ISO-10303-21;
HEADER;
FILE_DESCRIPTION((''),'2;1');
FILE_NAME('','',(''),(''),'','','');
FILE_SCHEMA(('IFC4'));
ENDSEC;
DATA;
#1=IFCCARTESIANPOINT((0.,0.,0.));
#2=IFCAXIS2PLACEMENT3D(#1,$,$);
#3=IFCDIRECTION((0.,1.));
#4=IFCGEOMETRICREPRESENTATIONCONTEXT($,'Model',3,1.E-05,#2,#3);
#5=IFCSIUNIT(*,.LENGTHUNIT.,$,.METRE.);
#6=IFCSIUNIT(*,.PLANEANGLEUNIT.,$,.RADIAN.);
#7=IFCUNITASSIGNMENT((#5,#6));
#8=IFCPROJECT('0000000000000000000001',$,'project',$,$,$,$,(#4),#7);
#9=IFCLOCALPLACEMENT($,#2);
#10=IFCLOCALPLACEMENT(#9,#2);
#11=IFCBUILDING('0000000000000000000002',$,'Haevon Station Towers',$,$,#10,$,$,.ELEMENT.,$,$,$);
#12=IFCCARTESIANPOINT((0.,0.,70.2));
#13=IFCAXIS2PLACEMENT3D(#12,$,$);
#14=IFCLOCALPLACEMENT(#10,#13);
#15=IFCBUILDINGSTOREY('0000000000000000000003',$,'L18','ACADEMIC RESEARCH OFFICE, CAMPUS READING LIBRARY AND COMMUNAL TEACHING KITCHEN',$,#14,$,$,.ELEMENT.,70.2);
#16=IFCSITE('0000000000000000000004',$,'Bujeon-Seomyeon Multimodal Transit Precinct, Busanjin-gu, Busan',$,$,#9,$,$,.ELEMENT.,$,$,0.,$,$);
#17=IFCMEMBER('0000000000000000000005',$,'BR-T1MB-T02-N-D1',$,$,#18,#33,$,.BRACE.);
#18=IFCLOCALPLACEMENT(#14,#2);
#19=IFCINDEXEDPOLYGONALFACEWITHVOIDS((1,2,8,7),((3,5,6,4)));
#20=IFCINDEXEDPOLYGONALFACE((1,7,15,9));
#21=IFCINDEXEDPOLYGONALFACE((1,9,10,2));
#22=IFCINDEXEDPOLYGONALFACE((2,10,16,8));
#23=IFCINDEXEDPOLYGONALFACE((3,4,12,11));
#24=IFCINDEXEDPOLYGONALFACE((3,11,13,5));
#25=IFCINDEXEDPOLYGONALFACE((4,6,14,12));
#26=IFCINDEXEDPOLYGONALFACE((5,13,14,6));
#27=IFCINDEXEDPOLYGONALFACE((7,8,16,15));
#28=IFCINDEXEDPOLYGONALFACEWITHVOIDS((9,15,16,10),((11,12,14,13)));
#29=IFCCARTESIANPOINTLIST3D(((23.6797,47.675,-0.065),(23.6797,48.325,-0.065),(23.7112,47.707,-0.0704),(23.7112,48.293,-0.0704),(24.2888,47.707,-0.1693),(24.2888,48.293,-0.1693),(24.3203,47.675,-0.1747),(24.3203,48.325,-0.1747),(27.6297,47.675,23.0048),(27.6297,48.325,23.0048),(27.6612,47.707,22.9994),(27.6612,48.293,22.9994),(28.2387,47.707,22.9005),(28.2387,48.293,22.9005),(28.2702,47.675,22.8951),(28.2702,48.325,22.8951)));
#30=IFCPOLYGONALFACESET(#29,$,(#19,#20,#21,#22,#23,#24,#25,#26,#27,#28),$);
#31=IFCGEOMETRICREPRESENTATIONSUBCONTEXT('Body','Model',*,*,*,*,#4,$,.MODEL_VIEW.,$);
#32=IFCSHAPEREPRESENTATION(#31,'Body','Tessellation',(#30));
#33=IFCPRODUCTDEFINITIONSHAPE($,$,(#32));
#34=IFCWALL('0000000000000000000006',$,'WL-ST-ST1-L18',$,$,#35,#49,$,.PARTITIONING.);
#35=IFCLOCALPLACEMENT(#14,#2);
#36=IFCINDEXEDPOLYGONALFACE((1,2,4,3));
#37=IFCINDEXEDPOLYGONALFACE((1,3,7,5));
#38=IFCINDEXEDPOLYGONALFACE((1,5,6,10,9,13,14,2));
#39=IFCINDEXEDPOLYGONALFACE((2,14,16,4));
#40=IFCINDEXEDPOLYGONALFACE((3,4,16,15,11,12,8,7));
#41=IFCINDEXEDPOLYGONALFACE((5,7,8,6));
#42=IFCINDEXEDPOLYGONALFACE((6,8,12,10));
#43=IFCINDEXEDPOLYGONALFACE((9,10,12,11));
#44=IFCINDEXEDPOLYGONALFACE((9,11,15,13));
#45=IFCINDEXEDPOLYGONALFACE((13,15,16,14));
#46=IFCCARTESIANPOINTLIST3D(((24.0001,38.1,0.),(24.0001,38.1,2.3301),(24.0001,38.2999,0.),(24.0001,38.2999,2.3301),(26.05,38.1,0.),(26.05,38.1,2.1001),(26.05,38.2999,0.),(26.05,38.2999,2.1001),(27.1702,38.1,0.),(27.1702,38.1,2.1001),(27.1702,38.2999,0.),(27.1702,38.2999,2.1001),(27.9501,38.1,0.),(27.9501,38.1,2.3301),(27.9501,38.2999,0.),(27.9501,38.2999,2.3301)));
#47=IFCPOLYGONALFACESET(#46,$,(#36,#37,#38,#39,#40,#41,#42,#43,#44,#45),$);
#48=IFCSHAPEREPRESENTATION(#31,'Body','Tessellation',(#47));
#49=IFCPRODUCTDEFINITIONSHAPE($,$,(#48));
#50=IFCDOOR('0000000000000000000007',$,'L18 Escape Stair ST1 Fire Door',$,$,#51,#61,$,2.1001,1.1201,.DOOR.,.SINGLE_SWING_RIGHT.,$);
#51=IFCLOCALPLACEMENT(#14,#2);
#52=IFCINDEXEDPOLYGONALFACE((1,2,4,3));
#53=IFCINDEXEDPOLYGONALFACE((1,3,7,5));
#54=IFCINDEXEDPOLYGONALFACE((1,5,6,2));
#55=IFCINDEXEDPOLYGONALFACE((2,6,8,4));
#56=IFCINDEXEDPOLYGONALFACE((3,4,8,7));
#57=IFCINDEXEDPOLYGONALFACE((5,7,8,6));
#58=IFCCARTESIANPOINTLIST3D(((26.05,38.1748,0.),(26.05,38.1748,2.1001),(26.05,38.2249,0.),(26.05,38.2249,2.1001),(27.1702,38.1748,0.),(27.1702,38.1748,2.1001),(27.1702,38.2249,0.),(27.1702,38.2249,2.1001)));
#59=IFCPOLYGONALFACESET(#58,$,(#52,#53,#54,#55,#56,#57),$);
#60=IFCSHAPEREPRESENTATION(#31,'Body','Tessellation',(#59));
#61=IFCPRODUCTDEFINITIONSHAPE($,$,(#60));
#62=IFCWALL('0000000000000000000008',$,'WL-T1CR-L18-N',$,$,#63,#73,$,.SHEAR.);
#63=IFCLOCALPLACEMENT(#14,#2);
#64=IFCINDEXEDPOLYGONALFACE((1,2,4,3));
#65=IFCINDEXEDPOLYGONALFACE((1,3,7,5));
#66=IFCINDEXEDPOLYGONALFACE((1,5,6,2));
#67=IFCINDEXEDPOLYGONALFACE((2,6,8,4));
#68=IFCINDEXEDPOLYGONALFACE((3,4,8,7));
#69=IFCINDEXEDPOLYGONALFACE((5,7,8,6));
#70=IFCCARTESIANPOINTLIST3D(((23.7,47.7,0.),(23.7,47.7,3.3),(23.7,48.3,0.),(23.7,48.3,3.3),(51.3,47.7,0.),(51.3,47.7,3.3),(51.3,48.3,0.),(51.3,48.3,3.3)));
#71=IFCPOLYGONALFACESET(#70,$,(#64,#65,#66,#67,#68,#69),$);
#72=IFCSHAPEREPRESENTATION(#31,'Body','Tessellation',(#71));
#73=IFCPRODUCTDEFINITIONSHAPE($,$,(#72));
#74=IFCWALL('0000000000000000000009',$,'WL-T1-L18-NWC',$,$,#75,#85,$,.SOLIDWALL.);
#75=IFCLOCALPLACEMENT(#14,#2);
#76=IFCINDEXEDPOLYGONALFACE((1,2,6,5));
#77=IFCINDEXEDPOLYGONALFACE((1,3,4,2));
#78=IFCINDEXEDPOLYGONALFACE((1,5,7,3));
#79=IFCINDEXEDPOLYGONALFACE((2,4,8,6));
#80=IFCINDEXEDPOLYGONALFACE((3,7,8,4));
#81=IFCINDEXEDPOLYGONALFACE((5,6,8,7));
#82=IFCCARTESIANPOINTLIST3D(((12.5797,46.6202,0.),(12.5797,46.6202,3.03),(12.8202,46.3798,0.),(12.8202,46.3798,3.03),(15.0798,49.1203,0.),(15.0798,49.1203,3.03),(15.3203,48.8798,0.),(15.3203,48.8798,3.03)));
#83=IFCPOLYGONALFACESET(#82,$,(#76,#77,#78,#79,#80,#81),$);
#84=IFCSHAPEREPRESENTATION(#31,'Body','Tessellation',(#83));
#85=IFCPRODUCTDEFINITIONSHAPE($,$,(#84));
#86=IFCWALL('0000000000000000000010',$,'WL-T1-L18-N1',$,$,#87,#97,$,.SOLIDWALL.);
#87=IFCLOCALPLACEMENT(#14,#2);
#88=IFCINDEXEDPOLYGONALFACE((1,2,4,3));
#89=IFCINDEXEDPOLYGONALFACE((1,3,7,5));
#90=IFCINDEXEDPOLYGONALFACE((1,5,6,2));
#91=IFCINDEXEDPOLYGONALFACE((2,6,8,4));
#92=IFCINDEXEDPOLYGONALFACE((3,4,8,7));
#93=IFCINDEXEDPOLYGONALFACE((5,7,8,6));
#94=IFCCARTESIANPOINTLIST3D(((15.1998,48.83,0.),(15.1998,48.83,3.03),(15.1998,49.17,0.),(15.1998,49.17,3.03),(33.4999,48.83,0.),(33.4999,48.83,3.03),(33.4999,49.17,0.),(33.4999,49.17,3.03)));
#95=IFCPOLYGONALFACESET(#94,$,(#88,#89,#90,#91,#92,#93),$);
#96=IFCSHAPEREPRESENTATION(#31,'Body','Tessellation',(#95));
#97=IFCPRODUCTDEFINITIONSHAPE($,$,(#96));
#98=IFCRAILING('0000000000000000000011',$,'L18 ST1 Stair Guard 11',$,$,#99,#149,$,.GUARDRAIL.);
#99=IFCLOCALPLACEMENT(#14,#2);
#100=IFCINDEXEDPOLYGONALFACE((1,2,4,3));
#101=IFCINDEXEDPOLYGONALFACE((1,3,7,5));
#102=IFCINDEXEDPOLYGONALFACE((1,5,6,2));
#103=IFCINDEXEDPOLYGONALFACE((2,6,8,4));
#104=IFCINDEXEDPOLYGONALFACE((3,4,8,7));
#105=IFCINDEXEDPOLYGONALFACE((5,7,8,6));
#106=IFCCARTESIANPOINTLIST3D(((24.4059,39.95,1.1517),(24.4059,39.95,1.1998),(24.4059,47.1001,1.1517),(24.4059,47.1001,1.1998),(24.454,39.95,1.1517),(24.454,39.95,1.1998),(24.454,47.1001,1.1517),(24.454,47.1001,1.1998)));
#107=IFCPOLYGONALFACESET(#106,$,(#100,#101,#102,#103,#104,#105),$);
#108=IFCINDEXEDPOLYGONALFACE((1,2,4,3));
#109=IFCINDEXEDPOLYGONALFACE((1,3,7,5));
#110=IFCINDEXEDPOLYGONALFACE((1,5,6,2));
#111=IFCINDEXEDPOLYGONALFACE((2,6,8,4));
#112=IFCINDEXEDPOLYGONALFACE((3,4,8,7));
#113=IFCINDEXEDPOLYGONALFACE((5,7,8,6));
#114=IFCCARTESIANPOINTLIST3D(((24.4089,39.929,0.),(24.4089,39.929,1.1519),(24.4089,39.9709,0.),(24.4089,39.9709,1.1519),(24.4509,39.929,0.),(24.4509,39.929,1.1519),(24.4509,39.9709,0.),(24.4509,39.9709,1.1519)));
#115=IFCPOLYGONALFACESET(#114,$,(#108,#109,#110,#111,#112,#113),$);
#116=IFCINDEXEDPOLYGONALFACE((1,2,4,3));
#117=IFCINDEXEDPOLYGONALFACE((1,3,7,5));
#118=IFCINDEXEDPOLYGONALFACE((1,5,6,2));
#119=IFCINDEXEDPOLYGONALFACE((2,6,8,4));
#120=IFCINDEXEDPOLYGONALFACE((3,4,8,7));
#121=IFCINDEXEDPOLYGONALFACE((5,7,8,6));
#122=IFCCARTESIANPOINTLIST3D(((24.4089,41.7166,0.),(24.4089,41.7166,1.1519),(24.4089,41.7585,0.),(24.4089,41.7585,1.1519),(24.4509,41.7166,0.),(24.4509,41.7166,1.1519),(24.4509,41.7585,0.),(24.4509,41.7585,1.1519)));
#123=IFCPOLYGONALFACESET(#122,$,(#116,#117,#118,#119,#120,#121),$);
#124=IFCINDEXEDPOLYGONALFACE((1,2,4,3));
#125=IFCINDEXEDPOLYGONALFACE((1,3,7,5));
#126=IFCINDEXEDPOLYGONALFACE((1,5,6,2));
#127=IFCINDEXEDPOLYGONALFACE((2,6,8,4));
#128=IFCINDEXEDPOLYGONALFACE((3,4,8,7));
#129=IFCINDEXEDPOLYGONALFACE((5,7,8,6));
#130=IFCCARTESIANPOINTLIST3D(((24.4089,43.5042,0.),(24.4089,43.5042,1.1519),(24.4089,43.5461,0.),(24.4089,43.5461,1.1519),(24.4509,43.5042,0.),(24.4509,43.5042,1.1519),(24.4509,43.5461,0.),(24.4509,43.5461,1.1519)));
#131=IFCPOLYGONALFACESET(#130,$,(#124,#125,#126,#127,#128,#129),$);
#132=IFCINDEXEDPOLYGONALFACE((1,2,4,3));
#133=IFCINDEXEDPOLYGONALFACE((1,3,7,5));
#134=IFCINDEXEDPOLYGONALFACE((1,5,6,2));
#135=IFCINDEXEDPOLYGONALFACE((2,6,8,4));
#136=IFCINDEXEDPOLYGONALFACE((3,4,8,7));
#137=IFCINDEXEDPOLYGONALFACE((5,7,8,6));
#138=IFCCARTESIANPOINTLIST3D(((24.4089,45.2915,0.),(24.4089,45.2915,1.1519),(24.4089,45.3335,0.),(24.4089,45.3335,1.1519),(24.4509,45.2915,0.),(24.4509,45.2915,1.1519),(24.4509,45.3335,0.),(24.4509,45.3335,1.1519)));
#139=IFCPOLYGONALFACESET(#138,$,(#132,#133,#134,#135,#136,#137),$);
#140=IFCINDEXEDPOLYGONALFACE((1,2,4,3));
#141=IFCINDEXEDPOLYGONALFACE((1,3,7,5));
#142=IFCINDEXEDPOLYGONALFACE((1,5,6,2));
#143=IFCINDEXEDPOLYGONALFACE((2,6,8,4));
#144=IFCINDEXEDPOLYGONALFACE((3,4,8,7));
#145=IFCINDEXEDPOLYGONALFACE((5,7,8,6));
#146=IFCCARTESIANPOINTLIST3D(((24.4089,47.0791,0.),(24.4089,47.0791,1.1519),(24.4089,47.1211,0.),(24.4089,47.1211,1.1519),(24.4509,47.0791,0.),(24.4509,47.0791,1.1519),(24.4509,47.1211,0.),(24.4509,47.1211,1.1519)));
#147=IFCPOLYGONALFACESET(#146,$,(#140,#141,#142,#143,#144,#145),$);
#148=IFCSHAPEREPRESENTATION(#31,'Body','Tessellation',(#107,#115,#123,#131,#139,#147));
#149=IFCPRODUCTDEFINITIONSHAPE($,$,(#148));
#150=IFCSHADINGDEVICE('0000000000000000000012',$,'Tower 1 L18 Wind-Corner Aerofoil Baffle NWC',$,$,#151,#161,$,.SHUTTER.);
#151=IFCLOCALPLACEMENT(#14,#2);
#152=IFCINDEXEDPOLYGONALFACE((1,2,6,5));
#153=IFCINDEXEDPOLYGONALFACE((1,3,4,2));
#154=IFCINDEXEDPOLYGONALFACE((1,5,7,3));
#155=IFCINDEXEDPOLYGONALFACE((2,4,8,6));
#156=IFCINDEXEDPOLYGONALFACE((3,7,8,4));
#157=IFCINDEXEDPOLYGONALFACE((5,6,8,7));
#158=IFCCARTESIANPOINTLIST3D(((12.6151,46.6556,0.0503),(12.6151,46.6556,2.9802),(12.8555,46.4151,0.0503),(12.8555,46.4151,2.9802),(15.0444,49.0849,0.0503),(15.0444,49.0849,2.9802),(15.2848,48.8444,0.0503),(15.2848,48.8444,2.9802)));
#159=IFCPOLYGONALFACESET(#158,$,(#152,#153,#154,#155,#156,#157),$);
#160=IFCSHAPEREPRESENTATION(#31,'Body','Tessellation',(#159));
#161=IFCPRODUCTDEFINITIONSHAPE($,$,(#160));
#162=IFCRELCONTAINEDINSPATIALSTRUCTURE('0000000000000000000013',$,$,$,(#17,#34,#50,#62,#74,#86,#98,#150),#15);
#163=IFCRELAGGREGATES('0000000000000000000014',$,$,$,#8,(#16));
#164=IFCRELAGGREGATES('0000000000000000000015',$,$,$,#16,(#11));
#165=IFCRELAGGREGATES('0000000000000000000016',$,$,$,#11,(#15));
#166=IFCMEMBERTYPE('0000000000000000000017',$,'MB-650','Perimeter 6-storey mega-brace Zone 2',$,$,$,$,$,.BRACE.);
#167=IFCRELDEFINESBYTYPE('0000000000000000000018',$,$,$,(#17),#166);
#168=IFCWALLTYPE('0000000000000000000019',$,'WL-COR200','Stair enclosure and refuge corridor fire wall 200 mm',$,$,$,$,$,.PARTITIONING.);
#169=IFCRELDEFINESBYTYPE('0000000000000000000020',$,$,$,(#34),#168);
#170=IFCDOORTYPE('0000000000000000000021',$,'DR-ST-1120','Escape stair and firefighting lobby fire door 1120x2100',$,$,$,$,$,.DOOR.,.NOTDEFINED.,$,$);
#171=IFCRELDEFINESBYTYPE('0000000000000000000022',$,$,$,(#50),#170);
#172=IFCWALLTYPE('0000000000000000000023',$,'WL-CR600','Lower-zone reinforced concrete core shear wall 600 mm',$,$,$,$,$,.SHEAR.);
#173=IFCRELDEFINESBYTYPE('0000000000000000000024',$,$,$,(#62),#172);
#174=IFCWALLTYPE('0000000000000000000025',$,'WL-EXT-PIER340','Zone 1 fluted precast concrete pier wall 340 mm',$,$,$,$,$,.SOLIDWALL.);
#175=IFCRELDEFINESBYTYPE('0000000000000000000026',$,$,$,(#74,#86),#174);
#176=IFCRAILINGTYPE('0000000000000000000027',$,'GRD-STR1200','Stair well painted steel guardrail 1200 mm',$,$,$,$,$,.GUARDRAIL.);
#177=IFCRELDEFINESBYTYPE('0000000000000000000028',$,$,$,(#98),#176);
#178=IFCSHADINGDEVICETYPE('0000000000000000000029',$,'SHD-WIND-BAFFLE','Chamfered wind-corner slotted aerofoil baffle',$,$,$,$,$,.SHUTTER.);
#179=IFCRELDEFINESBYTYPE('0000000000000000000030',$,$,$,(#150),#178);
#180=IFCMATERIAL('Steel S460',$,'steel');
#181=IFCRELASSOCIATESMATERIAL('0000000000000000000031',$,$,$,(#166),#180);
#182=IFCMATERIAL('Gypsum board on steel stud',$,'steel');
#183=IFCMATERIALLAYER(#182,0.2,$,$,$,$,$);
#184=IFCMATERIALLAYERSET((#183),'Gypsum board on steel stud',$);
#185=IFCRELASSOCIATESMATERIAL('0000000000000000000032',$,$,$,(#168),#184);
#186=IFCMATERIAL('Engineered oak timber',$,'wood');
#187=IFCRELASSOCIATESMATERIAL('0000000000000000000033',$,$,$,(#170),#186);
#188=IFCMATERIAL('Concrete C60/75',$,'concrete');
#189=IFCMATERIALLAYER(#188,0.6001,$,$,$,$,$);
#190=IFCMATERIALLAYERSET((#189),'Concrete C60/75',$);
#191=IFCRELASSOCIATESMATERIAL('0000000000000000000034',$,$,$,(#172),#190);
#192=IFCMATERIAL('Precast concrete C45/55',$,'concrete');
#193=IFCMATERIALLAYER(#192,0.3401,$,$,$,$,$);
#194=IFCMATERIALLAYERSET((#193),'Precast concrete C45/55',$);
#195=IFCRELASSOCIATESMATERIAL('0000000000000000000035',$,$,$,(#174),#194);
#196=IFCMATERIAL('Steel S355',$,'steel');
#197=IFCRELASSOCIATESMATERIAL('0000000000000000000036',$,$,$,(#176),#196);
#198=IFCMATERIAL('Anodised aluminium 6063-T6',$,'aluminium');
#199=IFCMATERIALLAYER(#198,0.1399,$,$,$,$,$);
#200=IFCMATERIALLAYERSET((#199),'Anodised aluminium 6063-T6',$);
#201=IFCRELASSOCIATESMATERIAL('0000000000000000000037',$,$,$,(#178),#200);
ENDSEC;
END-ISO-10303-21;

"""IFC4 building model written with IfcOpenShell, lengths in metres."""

from ifc_helpers import new_model, si_unit, direction, frame, frame_2d, origin, origin_2d, place, context, subcontext, project, spatial, rectangle, hollow_rectangle, extrude, material, layer, layer_set, material_profile, profile_set, type_object, element, fill, save


model = new_model("IFC4")

# Units and contexts
model_context = context("Model", 3, precision=1e-05, world=origin(), true_north=direction((0.0, 1.0)))
body_context = subcontext(model_context, "Body", "Model", "MODEL_VIEW")
ifc_project = project(units=[si_unit("LENGTHUNIT", "METRE"), si_unit("PLANEANGLEUNIT", "RADIAN")], contexts=[model_context])

# Site, building, storey
site_placement = place(None, origin())
site = spatial("IfcSite", under=ifc_project, at=site_placement, Name="Bujeon-Seomyeon Multimodal Transit Precinct, Busanjin-gu, Busan", CompositionType="ELEMENT", RefElevation=0.0)
building_placement = place(site_placement, origin())
building = spatial("IfcBuilding", under=site, at=building_placement, Name="Haevon Station Towers", CompositionType="ELEMENT")
storey_placement = place(building_placement, frame((0.0, 0.0, 70.2)))
storey = spatial("IfcBuildingStorey", under=building, at=storey_placement, Name="L18", Description="ACADEMIC RESEARCH OFFICE, CAMPUS READING LIBRARY AND COMMUNAL TEACHING KITCHEN", CompositionType="ELEMENT", Elevation=70.2)

# Shared definitions
ifc_material_1 = material(Name="Steel S460", Category="steel")

# Shared definitions
ifc_material_2 = material(Name="Steel S355", Category="steel")

# Member
ifc_material_profile_1 = material_profile(ifc_material_1, hollow_rectangle(XDim=0.6499, YDim=0.6499, WallThickness=0.032, at=origin_2d()), Name="RHS-650x650x32")
ifc_profile_set_1 = profile_set([ifc_material_profile_1], Name="Steel S460")
member_type = type_object("IfcMemberType", Name="MB-650", Description="Perimeter 6-storey mega-brace Zone 2", PredefinedType="BRACE", material=ifc_profile_set_1)
member_placement = place(storey_placement, frame((24.0, 48.0, -0.1199), z_axis=(0.168761, 0.0, 0.985657), x_axis=(0.0, 1.0, 0.0)))
element("IfcMember", 1, at=member_placement, inside=storey, type_object=member_type, Name="BR-T1MB-T02-N-D1", PredefinedType="BRACE", context=body_context, shape_type="SweptSolid", body=[
    extrude(hollow_rectangle(XDim=0.6499, YDim=0.6499, WallThickness=0.032, at=origin_2d()), origin(), (0.0, 0.0, 1.0), 23.4055),
])

# Wall, opening, door
ifc_material_3 = material(Name="Gypsum board on steel stud", Category="steel")
ifc_layer_1 = layer(ifc_material_3, 0.2)
ifc_layer_set_1 = layer_set([ifc_layer_1], Name="Gypsum board on steel stud")
wall_type_1 = type_object("IfcWallType", Name="WL-COR200", Description="Stair enclosure and refuge corridor fire wall 200 mm", PredefinedType="PARTITIONING", material=ifc_layer_set_1)
wall_1_placement = place(storey_placement, frame((24.0, 38.2, 0.0), z_axis=(0.0, 0.0, 1.0), x_axis=(1.0, 0.0, 0.0)))
wall_1 = element("IfcWall", 2, at=wall_1_placement, inside=storey, type_object=wall_type_1, Name="WL-ST-ST1-L18", PredefinedType="PARTITIONING", context=body_context, shape_type="SweptSolid", body=[
    extrude(rectangle(XDim=3.95, YDim=0.2, at=frame_2d((1.9751, 0.0))), origin(), (0.0, 0.0, 1.0), 2.3301),
])
opening_placement = place(wall_1_placement, frame((2.05, 0.0, 0.0)))
opening = element("IfcOpeningElement", 3, at=opening_placement, cuts=wall_1, PredefinedType="OPENING", context=body_context, shape_type="SweptSolid", body=[
    extrude(rectangle(XDim=1.1201, YDim=2.1001, at=frame_2d((0.5601, 1.05))), frame((0.0, 0.1099, 0.0), z_axis=(0.0, -1.0, 0.0), x_axis=(1.0, 0.0, 0.0)), (0.0, 0.0, 1.0), 0.22),
])
ifc_material_4 = material(Name="Engineered oak timber", Category="wood")
door_type = type_object("IfcDoorType", Name="DR-ST-1120", Description="Escape stair and firefighting lobby fire door 1120x2100", OperationType="NOTDEFINED", PredefinedType="DOOR", material=ifc_material_4)
door_placement = place(opening_placement, origin())
door = element("IfcDoor", 4, at=door_placement, inside=storey, type_object=door_type, Name="L18 Escape Stair ST1 Fire Door", OperationType="SINGLE_SWING_RIGHT", OverallHeight=2.1001, OverallWidth=1.1201, PredefinedType="DOOR", context=body_context, shape_type="SweptSolid", body=[
    extrude(rectangle(XDim=1.1201, YDim=2.1001, at=frame_2d((0.5601, 1.05))), frame((0.0, 0.0249, 0.0), z_axis=(0.0, -1.0, 0.0), x_axis=(1.0, 0.0, 0.0)), (0.0, 0.0, 1.0), 0.05),
])
fill(opening, door)

# Walls
ifc_material_5 = material(Name="Concrete C60/75", Category="concrete")
ifc_layer_2 = layer(ifc_material_5, 0.6001)
ifc_layer_set_2 = layer_set([ifc_layer_2], Name="Concrete C60/75")
wall_type_2 = type_object("IfcWallType", Name="WL-CR600", Description="Lower-zone reinforced concrete core shear wall 600 mm", PredefinedType="SHEAR", material=ifc_layer_set_2)
wall_2_placement = place(storey_placement, frame((23.7, 48.0, 0.0), z_axis=(0.0, 0.0, 1.0), x_axis=(1.0, 0.0, 0.0)))
element("IfcWall", 5, at=wall_2_placement, inside=storey, type_object=wall_type_2, Name="WL-T1CR-L18-N", PredefinedType="SHEAR", context=body_context, shape_type="SweptSolid", body=[
    extrude(rectangle(XDim=27.6001, YDim=0.6001, at=frame_2d((13.8, 0.0))), origin(), (0.0, 0.0, 1.0), 3.3),
])
ifc_material_6 = material(Name="Precast concrete C45/55", Category="concrete")
ifc_layer_3 = layer(ifc_material_6, 0.3401)
ifc_layer_set_3 = layer_set([ifc_layer_3], Name="Precast concrete C45/55")
wall_type_3 = type_object("IfcWallType", Name="WL-EXT-PIER340", Description="Zone 1 fluted precast concrete pier wall 340 mm", PredefinedType="SOLIDWALL", material=ifc_layer_set_3)
wall_3_placement = place(storey_placement, frame((12.7, 46.5, 0.0), z_axis=(0.0, 0.0, 1.0), x_axis=(0.707107, 0.707107, 0.0)))
element("IfcWall", 6, at=wall_3_placement, inside=storey, type_object=wall_type_3, Name="WL-T1-L18-NWC", PredefinedType="SOLIDWALL", context=body_context, shape_type="SweptSolid", body=[
    extrude(rectangle(XDim=3.5356, YDim=0.3401, at=frame_2d((1.7678, 0.0))), origin(), (0.0, 0.0, 1.0), 3.03),
])
wall_4_placement = place(storey_placement, frame((15.2, 49.0, 0.0), z_axis=(0.0, 0.0, 1.0), x_axis=(1.0, 0.0, 0.0)))
element("IfcWall", 7, at=wall_4_placement, inside=storey, type_object=wall_type_3, Name="WL-T1-L18-N1", PredefinedType="SOLIDWALL", context=body_context, shape_type="SweptSolid", body=[
    extrude(rectangle(XDim=18.3, YDim=0.3401, at=frame_2d((9.1499, 0.0))), origin(), (0.0, 0.0, 1.0), 3.03),
])

# Railing
railing_type = type_object("IfcRailingType", Name="GRD-STR1200", Description="Stair well painted steel guardrail 1200 mm", PredefinedType="GUARDRAIL", material=ifc_material_2)
railing_placement = place(storey_placement, frame((24.4299, 39.95, 0.0)))
element("IfcRailing", 8, at=railing_placement, inside=storey, type_object=railing_type, Name="L18 ST1 Stair Guard 11", PredefinedType="GUARDRAIL", context=body_context, shape_type="SweptSolid", body=[
    extrude(rectangle(XDim=0.0481, YDim=0.0481, at=origin_2d()), frame((0.0, 0.0, 1.1758), z_axis=(0.0, 1.0, 0.0), x_axis=(-1.0, 0.0, 0.0)), (0.0, 0.0, 1.0), 7.1501),
    extrude(rectangle(XDim=0.042, YDim=0.042, at=origin_2d()), origin(), (0.0, 0.0, 1.0), 1.1519),
    extrude(rectangle(XDim=0.042, YDim=0.042, at=origin_2d()), frame((0.0, 1.7876, 0.0)), (0.0, 0.0, 1.0), 1.1519),
    extrude(rectangle(XDim=0.042, YDim=0.042, at=origin_2d()), frame((0.0, 3.5752, 0.0)), (0.0, 0.0, 1.0), 1.1519),
    extrude(rectangle(XDim=0.042, YDim=0.042, at=origin_2d()), frame((0.0, 5.3625, 0.0)), (0.0, 0.0, 1.0), 1.1519),
    extrude(rectangle(XDim=0.042, YDim=0.042, at=origin_2d()), frame((0.0, 7.1501, 0.0)), (0.0, 0.0, 1.0), 1.1519),
])

# Shading device
ifc_material_7 = material(Name="Anodised aluminium 6063-T6", Category="aluminium")
ifc_layer_4 = layer(ifc_material_7, 0.1399)
ifc_layer_set_4 = layer_set([ifc_layer_4], Name="Anodised aluminium 6063-T6")
shading_device_type = type_object("IfcShadingDeviceType", Name="SHD-WIND-BAFFLE", Description="Chamfered wind-corner slotted aerofoil baffle", PredefinedType="SHUTTER", material=ifc_layer_set_4)
shading_device_placement = place(storey_placement, frame((13.95, 47.75, 0.0503), z_axis=(0.0, 0.0, 1.0), x_axis=(0.707107, 0.707107, 0.0)))
element("IfcShadingDevice", 9, at=shading_device_placement, inside=storey, type_object=shading_device_type, Name="Tower 1 L18 Wind-Corner Aerofoil Baffle NWC", PredefinedType="SHUTTER", context=body_context, shape_type="SweptSolid", body=[
    extrude(rectangle(XDim=3.4355, YDim=0.3401, at=origin_2d()), origin(), (0.0, 0.0, 1.0), 2.9299),
])

save(model, "model.ifc")
